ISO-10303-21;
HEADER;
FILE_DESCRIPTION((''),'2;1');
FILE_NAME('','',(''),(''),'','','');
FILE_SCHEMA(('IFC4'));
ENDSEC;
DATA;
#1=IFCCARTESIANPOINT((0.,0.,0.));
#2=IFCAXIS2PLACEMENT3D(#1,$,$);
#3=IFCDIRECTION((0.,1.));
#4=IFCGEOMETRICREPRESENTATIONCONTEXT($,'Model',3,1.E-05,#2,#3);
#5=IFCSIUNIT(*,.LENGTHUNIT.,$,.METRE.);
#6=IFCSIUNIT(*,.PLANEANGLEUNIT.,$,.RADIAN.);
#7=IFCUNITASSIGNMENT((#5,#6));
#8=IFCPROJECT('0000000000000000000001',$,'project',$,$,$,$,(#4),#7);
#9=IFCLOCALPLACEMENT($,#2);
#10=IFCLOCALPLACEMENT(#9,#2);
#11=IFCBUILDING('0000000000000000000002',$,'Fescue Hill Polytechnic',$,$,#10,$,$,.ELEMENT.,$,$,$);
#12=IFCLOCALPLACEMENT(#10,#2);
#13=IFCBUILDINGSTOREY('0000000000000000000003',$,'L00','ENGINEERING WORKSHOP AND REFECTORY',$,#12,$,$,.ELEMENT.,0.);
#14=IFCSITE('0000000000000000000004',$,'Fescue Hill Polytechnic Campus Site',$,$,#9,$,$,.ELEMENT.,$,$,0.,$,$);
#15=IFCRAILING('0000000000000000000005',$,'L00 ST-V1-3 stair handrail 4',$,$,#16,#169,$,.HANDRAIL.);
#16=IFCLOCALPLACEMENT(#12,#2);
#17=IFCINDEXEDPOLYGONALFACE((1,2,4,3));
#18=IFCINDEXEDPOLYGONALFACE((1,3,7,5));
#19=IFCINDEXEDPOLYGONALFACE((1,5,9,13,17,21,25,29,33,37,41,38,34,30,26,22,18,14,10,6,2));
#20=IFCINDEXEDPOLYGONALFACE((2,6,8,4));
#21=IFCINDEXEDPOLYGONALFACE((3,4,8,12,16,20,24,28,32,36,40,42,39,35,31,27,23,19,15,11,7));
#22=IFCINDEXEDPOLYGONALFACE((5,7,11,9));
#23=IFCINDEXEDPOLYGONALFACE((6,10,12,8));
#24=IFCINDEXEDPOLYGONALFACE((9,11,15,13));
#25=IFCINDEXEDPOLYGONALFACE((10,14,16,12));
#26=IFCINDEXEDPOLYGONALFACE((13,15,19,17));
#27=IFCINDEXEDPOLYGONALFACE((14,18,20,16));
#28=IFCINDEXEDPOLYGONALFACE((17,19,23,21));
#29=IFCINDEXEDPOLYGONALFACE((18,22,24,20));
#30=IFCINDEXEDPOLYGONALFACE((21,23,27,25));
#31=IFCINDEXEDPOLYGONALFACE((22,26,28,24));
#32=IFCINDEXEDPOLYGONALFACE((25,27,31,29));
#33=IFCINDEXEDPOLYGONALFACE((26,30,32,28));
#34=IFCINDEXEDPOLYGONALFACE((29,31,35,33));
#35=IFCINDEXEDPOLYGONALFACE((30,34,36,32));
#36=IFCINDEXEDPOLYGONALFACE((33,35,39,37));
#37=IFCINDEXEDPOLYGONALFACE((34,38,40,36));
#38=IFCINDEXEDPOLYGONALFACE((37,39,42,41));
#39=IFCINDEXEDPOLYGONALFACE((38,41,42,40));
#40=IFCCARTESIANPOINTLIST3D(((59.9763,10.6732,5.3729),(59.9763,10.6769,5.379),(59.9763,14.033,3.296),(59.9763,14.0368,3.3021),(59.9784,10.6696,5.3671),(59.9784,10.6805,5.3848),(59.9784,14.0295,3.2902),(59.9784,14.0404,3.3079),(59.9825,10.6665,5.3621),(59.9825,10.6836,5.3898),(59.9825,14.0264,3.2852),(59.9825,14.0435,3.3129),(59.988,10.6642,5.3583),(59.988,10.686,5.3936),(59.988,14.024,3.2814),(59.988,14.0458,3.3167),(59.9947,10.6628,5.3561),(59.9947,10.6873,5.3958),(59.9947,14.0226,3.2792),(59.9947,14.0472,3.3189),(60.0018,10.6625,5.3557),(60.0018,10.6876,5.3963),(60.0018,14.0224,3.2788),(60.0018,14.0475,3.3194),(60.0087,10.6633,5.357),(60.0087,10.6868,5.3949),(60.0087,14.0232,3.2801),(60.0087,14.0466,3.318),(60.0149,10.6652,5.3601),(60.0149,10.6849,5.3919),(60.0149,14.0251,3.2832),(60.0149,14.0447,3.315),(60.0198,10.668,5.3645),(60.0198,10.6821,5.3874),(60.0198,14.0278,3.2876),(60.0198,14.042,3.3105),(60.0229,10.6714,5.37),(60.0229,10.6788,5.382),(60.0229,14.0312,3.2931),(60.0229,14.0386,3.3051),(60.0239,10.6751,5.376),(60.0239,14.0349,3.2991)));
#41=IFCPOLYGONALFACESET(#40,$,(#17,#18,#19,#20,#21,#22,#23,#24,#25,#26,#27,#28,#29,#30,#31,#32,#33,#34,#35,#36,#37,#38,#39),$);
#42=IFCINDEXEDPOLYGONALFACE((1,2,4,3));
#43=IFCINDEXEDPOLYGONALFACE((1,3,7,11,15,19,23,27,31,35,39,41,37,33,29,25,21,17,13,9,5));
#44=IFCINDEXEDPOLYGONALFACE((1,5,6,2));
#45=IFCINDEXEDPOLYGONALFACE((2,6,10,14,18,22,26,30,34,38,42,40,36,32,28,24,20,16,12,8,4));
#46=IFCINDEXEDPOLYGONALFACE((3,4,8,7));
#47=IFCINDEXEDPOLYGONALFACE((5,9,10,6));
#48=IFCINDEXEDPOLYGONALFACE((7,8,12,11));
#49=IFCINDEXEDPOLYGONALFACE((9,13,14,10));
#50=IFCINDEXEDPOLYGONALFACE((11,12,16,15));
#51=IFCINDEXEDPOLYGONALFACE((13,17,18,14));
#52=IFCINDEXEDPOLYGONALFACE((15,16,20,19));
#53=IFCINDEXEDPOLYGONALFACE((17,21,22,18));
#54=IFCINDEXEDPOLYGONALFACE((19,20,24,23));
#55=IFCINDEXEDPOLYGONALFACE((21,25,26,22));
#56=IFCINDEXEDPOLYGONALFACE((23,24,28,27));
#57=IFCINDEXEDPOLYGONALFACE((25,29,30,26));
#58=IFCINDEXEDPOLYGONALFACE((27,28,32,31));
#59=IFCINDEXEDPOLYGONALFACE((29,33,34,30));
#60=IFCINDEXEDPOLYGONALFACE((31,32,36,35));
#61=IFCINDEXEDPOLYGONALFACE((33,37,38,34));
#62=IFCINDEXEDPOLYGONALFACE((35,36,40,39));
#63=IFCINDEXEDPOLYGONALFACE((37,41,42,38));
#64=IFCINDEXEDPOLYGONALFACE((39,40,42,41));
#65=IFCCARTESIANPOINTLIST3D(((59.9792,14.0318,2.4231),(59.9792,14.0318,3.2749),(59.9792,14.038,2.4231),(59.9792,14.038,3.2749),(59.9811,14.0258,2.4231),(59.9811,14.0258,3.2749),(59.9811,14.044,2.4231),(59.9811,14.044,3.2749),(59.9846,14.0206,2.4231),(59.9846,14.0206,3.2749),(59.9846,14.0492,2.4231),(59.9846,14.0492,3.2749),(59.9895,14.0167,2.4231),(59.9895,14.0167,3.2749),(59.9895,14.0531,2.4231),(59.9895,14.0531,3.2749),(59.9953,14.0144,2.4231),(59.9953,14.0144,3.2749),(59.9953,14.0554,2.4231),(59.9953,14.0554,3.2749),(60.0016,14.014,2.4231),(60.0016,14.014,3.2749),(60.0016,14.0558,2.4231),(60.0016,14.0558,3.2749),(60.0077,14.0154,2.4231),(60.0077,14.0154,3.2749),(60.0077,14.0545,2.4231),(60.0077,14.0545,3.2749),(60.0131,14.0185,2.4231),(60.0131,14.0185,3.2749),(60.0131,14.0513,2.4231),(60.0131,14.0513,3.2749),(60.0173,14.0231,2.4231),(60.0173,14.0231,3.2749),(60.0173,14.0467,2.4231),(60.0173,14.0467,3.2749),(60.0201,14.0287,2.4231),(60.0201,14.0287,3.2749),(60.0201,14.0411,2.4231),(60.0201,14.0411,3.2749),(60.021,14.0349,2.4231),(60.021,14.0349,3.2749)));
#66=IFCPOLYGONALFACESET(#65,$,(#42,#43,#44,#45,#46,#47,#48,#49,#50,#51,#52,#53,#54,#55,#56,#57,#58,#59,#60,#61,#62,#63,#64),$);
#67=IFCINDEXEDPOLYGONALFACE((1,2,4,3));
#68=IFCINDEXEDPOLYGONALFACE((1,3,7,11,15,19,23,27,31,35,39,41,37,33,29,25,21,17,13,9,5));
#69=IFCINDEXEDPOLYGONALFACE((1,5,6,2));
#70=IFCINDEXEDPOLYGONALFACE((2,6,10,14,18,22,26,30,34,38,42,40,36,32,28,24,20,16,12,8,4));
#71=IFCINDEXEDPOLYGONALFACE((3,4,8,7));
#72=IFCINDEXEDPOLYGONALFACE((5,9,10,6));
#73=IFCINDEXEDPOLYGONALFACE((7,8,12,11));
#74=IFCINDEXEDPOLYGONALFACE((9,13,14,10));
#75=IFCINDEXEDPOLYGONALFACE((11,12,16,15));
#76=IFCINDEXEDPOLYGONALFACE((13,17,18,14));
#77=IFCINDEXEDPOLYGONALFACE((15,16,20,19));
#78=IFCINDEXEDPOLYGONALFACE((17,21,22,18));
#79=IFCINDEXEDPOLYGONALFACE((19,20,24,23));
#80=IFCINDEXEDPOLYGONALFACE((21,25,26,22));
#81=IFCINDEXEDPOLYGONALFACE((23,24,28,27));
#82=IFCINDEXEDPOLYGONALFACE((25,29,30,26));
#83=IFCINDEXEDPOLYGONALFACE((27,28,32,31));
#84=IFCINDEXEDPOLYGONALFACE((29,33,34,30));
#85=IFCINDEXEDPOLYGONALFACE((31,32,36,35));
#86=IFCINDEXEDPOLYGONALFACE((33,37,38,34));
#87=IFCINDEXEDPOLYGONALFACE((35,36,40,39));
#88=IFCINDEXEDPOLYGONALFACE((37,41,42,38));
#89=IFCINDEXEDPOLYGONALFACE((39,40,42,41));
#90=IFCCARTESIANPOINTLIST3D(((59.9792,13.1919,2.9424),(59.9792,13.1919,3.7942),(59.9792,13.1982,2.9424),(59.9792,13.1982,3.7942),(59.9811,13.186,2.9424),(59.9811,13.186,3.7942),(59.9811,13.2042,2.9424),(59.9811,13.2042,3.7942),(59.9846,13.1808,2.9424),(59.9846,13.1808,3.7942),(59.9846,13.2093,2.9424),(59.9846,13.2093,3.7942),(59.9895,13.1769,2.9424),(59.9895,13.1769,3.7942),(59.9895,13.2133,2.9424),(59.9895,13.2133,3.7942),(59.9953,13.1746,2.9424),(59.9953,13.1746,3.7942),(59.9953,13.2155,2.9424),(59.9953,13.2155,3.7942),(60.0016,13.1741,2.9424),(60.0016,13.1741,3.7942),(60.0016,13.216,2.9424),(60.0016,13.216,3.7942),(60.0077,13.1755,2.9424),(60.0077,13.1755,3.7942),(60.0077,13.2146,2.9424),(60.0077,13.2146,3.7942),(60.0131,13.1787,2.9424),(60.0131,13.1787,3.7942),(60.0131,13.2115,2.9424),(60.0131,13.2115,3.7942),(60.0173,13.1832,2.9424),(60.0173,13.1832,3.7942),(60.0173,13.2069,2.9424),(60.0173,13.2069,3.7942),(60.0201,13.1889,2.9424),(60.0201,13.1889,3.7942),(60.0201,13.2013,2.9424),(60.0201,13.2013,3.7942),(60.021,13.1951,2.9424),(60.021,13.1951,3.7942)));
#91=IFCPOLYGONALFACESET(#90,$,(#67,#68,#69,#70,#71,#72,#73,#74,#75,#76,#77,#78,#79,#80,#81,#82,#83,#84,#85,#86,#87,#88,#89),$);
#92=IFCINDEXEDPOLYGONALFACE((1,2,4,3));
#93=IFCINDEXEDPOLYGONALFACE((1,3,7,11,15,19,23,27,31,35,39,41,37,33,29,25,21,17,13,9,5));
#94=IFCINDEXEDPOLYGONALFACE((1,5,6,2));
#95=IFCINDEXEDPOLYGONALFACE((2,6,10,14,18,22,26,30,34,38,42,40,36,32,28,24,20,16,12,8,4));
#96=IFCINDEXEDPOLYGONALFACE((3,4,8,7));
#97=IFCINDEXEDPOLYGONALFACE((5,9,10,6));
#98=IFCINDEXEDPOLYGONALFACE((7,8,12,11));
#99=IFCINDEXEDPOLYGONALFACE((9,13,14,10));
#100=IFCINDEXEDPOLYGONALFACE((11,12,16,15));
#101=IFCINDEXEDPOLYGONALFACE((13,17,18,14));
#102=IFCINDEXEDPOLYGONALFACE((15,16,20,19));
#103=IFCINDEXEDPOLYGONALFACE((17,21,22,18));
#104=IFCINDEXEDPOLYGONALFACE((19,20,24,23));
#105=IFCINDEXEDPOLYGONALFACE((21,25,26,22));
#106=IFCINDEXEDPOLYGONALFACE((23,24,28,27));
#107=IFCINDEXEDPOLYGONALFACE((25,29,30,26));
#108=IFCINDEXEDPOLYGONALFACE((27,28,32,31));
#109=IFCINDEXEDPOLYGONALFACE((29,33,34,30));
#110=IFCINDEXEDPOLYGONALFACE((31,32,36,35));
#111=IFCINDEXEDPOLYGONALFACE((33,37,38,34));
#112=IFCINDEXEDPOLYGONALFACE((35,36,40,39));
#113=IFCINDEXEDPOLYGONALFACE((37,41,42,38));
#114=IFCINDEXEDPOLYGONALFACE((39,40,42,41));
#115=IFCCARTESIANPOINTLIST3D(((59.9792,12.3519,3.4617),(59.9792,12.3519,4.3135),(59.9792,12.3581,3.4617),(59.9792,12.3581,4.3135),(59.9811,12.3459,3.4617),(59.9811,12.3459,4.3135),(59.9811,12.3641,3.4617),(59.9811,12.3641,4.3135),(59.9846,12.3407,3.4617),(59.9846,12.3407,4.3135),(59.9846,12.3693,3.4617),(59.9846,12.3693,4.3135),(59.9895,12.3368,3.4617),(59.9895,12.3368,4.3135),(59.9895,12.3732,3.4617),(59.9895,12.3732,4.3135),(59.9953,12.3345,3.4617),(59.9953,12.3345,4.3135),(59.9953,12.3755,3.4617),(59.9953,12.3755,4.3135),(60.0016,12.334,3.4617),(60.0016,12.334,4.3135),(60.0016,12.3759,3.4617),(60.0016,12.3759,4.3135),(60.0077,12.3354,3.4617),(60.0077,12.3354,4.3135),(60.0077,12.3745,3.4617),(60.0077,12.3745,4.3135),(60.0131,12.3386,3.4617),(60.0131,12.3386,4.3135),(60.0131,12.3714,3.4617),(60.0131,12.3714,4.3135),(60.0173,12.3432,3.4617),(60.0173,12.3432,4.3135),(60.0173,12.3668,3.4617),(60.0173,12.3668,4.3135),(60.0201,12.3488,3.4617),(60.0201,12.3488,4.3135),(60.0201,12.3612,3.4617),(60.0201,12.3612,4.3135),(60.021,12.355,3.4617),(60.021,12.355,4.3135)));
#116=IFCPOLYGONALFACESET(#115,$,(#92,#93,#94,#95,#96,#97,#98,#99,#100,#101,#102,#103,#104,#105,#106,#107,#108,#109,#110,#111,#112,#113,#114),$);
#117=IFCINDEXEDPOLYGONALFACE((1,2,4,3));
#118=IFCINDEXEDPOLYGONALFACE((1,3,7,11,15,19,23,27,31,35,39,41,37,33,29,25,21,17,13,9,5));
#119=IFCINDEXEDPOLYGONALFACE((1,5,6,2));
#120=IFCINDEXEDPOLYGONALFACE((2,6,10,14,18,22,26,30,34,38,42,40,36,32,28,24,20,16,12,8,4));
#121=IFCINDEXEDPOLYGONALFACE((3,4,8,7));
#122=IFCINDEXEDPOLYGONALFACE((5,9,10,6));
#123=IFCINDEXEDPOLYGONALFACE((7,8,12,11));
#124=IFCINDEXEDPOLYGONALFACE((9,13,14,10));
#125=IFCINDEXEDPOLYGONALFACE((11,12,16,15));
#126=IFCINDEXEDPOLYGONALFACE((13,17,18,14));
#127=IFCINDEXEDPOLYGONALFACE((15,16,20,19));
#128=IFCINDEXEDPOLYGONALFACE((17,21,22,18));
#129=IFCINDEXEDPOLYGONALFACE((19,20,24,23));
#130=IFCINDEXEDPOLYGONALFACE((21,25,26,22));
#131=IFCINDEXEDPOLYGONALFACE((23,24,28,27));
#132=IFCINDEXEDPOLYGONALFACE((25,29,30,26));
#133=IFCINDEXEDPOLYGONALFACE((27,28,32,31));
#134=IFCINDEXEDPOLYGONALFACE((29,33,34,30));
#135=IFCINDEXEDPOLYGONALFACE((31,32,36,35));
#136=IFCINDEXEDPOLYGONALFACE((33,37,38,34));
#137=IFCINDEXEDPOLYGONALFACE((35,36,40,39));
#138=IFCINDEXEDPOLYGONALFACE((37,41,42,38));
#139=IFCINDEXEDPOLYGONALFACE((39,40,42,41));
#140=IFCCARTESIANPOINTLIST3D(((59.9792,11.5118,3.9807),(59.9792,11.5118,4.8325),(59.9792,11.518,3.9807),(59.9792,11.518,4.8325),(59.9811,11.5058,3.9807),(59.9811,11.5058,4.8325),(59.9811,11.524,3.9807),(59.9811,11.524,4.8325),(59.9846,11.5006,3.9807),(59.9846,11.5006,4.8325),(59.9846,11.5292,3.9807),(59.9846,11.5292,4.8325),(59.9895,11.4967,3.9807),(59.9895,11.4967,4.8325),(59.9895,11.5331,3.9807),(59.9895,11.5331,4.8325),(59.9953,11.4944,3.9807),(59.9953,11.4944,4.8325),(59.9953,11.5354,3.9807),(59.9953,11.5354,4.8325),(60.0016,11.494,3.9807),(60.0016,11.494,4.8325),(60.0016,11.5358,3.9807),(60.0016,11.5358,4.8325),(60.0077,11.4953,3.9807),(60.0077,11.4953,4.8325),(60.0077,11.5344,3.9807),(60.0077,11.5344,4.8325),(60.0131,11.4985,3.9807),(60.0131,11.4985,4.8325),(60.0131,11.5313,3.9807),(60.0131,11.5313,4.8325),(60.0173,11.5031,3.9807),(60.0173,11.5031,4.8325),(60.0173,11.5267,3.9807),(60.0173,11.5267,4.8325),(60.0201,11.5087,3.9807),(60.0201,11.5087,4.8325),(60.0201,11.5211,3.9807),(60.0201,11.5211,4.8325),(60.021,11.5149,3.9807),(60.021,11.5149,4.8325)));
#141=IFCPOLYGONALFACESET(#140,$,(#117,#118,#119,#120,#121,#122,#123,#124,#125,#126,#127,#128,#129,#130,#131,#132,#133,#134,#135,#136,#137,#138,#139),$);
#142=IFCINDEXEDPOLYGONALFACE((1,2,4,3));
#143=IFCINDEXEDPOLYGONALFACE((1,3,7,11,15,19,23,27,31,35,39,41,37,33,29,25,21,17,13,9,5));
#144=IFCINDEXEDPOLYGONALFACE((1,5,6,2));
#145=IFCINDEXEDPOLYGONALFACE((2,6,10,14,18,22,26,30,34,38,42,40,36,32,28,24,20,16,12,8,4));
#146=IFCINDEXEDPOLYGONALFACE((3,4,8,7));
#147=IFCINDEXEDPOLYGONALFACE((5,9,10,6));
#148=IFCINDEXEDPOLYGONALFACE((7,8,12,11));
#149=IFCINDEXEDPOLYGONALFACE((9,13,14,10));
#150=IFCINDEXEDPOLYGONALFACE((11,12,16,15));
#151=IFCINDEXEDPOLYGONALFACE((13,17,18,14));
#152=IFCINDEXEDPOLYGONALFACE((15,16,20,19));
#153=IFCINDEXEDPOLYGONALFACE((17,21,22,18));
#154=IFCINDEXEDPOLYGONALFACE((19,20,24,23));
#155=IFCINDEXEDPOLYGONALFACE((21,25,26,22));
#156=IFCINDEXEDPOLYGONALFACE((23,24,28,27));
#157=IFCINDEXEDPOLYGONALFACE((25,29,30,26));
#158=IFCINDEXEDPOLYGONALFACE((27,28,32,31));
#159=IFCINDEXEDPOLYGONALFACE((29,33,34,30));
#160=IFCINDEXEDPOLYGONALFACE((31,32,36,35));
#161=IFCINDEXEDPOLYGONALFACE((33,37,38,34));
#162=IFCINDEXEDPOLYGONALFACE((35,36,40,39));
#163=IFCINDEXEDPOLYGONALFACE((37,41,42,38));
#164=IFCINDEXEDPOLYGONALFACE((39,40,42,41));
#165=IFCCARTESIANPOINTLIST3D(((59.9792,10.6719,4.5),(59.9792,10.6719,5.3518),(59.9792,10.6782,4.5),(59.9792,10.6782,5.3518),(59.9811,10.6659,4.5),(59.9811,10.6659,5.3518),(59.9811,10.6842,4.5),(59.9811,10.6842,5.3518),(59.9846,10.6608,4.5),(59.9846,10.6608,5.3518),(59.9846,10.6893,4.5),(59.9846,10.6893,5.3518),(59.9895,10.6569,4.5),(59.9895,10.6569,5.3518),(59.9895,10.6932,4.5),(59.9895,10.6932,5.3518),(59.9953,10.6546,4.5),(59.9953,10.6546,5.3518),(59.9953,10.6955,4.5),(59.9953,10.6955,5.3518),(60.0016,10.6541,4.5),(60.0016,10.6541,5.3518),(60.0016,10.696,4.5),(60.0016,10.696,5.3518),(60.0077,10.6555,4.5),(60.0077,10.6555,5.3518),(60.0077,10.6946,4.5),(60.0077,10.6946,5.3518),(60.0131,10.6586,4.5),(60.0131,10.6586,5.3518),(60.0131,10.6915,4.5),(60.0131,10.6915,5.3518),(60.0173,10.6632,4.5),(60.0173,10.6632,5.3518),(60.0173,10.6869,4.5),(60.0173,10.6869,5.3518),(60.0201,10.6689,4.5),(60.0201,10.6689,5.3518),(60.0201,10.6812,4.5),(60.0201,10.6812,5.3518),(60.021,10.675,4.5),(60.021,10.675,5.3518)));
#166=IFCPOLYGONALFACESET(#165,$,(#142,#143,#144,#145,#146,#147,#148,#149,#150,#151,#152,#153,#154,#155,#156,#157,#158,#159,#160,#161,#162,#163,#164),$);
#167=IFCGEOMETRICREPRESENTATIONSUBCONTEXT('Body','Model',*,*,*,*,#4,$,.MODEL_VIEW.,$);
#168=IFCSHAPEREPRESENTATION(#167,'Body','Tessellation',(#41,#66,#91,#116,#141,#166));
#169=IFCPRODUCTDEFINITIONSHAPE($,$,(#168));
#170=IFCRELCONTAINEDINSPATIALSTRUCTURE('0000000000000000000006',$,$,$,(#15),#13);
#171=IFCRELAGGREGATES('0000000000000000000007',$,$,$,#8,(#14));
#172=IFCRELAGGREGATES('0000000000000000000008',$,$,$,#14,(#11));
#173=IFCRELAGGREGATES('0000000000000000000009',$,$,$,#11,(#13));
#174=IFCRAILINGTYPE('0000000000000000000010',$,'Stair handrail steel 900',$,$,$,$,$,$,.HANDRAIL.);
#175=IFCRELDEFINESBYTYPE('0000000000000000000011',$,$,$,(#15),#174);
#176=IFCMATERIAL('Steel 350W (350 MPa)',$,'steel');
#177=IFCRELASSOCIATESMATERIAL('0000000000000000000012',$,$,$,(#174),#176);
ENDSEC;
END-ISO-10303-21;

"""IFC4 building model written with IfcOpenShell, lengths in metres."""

from ifc_helpers import new_model, si_unit, direction, frame, origin, origin_2d, place, context, subcontext, project, spatial, circle, extrude, material, type_object, element, save


model = new_model("IFC4")

# Units and contexts
model_context = context("Model", 3, precision=1e-05, world=origin(), true_north=direction((0.0, 1.0)))
body_context = subcontext(model_context, "Body", "Model", "MODEL_VIEW")
ifc_project = project(units=[si_unit("LENGTHUNIT", "METRE"), si_unit("PLANEANGLEUNIT", "RADIAN")], contexts=[model_context])

# Site, building, storey
site_placement = place(None, origin())
site = spatial("IfcSite", under=ifc_project, at=site_placement, Name="Fescue Hill Polytechnic Campus Site", CompositionType="ELEMENT", RefElevation=0.0)
building_placement = place(site_placement, origin())
building = spatial("IfcBuilding", under=site, at=building_placement, Name="Fescue Hill Polytechnic", CompositionType="ELEMENT")
storey_placement = place(building_placement, origin())
storey = spatial("IfcBuildingStorey", under=building, at=storey_placement, Name="L00", Description="ENGINEERING WORKSHOP AND REFECTORY", CompositionType="ELEMENT", Elevation=0.0)

# Railing
ifc_material_1 = material(Name="Steel 350W (350 MPa)", Category="steel")
railing_type_1 = type_object("IfcRailingType", Name="Stair handrail steel 900", PredefinedType="HANDRAIL", material=ifc_material_1)
railing_1_placement = place(storey_placement, frame((60.0, 14.0349, 2.4231)))
element("IfcRailing", 1, at=railing_1_placement, inside=storey, type_object=railing_type_1, Name="L00 ST-V1-3 stair handrail 4", PredefinedType="HANDRAIL", context=body_context, shape_type="SweptSolid", body=[
    extrude(circle(Radius=0.0239, at=origin_2d()), frame((0.0, 0.0, 0.876), z_axis=(0.0, -0.850606, 0.525803), x_axis=(1.0, 0.0, 0.0)), (0.0, 0.0, 1.0), 3.95),
    extrude(circle(Radius=0.021, at=origin_2d()), origin(), (0.0, 0.0, 1.0), 0.8518),
    extrude(circle(Radius=0.021, at=origin_2d()), frame((0.0, -0.8398, 0.5193)), (0.0, 0.0, 1.0), 0.8518),
    extrude(circle(Radius=0.021, at=origin_2d()), frame((0.0, -1.6799, 1.0386)), (0.0, 0.0, 1.0), 0.8518),
    extrude(circle(Radius=0.021, at=origin_2d()), frame((0.0, -2.52, 1.5576)), (0.0, 0.0, 1.0), 0.8518),
    extrude(circle(Radius=0.021, at=origin_2d()), frame((0.0, -3.3599, 2.0769)), (0.0, 0.0, 1.0), 0.8518),
])

save(model, "model.ifc")
